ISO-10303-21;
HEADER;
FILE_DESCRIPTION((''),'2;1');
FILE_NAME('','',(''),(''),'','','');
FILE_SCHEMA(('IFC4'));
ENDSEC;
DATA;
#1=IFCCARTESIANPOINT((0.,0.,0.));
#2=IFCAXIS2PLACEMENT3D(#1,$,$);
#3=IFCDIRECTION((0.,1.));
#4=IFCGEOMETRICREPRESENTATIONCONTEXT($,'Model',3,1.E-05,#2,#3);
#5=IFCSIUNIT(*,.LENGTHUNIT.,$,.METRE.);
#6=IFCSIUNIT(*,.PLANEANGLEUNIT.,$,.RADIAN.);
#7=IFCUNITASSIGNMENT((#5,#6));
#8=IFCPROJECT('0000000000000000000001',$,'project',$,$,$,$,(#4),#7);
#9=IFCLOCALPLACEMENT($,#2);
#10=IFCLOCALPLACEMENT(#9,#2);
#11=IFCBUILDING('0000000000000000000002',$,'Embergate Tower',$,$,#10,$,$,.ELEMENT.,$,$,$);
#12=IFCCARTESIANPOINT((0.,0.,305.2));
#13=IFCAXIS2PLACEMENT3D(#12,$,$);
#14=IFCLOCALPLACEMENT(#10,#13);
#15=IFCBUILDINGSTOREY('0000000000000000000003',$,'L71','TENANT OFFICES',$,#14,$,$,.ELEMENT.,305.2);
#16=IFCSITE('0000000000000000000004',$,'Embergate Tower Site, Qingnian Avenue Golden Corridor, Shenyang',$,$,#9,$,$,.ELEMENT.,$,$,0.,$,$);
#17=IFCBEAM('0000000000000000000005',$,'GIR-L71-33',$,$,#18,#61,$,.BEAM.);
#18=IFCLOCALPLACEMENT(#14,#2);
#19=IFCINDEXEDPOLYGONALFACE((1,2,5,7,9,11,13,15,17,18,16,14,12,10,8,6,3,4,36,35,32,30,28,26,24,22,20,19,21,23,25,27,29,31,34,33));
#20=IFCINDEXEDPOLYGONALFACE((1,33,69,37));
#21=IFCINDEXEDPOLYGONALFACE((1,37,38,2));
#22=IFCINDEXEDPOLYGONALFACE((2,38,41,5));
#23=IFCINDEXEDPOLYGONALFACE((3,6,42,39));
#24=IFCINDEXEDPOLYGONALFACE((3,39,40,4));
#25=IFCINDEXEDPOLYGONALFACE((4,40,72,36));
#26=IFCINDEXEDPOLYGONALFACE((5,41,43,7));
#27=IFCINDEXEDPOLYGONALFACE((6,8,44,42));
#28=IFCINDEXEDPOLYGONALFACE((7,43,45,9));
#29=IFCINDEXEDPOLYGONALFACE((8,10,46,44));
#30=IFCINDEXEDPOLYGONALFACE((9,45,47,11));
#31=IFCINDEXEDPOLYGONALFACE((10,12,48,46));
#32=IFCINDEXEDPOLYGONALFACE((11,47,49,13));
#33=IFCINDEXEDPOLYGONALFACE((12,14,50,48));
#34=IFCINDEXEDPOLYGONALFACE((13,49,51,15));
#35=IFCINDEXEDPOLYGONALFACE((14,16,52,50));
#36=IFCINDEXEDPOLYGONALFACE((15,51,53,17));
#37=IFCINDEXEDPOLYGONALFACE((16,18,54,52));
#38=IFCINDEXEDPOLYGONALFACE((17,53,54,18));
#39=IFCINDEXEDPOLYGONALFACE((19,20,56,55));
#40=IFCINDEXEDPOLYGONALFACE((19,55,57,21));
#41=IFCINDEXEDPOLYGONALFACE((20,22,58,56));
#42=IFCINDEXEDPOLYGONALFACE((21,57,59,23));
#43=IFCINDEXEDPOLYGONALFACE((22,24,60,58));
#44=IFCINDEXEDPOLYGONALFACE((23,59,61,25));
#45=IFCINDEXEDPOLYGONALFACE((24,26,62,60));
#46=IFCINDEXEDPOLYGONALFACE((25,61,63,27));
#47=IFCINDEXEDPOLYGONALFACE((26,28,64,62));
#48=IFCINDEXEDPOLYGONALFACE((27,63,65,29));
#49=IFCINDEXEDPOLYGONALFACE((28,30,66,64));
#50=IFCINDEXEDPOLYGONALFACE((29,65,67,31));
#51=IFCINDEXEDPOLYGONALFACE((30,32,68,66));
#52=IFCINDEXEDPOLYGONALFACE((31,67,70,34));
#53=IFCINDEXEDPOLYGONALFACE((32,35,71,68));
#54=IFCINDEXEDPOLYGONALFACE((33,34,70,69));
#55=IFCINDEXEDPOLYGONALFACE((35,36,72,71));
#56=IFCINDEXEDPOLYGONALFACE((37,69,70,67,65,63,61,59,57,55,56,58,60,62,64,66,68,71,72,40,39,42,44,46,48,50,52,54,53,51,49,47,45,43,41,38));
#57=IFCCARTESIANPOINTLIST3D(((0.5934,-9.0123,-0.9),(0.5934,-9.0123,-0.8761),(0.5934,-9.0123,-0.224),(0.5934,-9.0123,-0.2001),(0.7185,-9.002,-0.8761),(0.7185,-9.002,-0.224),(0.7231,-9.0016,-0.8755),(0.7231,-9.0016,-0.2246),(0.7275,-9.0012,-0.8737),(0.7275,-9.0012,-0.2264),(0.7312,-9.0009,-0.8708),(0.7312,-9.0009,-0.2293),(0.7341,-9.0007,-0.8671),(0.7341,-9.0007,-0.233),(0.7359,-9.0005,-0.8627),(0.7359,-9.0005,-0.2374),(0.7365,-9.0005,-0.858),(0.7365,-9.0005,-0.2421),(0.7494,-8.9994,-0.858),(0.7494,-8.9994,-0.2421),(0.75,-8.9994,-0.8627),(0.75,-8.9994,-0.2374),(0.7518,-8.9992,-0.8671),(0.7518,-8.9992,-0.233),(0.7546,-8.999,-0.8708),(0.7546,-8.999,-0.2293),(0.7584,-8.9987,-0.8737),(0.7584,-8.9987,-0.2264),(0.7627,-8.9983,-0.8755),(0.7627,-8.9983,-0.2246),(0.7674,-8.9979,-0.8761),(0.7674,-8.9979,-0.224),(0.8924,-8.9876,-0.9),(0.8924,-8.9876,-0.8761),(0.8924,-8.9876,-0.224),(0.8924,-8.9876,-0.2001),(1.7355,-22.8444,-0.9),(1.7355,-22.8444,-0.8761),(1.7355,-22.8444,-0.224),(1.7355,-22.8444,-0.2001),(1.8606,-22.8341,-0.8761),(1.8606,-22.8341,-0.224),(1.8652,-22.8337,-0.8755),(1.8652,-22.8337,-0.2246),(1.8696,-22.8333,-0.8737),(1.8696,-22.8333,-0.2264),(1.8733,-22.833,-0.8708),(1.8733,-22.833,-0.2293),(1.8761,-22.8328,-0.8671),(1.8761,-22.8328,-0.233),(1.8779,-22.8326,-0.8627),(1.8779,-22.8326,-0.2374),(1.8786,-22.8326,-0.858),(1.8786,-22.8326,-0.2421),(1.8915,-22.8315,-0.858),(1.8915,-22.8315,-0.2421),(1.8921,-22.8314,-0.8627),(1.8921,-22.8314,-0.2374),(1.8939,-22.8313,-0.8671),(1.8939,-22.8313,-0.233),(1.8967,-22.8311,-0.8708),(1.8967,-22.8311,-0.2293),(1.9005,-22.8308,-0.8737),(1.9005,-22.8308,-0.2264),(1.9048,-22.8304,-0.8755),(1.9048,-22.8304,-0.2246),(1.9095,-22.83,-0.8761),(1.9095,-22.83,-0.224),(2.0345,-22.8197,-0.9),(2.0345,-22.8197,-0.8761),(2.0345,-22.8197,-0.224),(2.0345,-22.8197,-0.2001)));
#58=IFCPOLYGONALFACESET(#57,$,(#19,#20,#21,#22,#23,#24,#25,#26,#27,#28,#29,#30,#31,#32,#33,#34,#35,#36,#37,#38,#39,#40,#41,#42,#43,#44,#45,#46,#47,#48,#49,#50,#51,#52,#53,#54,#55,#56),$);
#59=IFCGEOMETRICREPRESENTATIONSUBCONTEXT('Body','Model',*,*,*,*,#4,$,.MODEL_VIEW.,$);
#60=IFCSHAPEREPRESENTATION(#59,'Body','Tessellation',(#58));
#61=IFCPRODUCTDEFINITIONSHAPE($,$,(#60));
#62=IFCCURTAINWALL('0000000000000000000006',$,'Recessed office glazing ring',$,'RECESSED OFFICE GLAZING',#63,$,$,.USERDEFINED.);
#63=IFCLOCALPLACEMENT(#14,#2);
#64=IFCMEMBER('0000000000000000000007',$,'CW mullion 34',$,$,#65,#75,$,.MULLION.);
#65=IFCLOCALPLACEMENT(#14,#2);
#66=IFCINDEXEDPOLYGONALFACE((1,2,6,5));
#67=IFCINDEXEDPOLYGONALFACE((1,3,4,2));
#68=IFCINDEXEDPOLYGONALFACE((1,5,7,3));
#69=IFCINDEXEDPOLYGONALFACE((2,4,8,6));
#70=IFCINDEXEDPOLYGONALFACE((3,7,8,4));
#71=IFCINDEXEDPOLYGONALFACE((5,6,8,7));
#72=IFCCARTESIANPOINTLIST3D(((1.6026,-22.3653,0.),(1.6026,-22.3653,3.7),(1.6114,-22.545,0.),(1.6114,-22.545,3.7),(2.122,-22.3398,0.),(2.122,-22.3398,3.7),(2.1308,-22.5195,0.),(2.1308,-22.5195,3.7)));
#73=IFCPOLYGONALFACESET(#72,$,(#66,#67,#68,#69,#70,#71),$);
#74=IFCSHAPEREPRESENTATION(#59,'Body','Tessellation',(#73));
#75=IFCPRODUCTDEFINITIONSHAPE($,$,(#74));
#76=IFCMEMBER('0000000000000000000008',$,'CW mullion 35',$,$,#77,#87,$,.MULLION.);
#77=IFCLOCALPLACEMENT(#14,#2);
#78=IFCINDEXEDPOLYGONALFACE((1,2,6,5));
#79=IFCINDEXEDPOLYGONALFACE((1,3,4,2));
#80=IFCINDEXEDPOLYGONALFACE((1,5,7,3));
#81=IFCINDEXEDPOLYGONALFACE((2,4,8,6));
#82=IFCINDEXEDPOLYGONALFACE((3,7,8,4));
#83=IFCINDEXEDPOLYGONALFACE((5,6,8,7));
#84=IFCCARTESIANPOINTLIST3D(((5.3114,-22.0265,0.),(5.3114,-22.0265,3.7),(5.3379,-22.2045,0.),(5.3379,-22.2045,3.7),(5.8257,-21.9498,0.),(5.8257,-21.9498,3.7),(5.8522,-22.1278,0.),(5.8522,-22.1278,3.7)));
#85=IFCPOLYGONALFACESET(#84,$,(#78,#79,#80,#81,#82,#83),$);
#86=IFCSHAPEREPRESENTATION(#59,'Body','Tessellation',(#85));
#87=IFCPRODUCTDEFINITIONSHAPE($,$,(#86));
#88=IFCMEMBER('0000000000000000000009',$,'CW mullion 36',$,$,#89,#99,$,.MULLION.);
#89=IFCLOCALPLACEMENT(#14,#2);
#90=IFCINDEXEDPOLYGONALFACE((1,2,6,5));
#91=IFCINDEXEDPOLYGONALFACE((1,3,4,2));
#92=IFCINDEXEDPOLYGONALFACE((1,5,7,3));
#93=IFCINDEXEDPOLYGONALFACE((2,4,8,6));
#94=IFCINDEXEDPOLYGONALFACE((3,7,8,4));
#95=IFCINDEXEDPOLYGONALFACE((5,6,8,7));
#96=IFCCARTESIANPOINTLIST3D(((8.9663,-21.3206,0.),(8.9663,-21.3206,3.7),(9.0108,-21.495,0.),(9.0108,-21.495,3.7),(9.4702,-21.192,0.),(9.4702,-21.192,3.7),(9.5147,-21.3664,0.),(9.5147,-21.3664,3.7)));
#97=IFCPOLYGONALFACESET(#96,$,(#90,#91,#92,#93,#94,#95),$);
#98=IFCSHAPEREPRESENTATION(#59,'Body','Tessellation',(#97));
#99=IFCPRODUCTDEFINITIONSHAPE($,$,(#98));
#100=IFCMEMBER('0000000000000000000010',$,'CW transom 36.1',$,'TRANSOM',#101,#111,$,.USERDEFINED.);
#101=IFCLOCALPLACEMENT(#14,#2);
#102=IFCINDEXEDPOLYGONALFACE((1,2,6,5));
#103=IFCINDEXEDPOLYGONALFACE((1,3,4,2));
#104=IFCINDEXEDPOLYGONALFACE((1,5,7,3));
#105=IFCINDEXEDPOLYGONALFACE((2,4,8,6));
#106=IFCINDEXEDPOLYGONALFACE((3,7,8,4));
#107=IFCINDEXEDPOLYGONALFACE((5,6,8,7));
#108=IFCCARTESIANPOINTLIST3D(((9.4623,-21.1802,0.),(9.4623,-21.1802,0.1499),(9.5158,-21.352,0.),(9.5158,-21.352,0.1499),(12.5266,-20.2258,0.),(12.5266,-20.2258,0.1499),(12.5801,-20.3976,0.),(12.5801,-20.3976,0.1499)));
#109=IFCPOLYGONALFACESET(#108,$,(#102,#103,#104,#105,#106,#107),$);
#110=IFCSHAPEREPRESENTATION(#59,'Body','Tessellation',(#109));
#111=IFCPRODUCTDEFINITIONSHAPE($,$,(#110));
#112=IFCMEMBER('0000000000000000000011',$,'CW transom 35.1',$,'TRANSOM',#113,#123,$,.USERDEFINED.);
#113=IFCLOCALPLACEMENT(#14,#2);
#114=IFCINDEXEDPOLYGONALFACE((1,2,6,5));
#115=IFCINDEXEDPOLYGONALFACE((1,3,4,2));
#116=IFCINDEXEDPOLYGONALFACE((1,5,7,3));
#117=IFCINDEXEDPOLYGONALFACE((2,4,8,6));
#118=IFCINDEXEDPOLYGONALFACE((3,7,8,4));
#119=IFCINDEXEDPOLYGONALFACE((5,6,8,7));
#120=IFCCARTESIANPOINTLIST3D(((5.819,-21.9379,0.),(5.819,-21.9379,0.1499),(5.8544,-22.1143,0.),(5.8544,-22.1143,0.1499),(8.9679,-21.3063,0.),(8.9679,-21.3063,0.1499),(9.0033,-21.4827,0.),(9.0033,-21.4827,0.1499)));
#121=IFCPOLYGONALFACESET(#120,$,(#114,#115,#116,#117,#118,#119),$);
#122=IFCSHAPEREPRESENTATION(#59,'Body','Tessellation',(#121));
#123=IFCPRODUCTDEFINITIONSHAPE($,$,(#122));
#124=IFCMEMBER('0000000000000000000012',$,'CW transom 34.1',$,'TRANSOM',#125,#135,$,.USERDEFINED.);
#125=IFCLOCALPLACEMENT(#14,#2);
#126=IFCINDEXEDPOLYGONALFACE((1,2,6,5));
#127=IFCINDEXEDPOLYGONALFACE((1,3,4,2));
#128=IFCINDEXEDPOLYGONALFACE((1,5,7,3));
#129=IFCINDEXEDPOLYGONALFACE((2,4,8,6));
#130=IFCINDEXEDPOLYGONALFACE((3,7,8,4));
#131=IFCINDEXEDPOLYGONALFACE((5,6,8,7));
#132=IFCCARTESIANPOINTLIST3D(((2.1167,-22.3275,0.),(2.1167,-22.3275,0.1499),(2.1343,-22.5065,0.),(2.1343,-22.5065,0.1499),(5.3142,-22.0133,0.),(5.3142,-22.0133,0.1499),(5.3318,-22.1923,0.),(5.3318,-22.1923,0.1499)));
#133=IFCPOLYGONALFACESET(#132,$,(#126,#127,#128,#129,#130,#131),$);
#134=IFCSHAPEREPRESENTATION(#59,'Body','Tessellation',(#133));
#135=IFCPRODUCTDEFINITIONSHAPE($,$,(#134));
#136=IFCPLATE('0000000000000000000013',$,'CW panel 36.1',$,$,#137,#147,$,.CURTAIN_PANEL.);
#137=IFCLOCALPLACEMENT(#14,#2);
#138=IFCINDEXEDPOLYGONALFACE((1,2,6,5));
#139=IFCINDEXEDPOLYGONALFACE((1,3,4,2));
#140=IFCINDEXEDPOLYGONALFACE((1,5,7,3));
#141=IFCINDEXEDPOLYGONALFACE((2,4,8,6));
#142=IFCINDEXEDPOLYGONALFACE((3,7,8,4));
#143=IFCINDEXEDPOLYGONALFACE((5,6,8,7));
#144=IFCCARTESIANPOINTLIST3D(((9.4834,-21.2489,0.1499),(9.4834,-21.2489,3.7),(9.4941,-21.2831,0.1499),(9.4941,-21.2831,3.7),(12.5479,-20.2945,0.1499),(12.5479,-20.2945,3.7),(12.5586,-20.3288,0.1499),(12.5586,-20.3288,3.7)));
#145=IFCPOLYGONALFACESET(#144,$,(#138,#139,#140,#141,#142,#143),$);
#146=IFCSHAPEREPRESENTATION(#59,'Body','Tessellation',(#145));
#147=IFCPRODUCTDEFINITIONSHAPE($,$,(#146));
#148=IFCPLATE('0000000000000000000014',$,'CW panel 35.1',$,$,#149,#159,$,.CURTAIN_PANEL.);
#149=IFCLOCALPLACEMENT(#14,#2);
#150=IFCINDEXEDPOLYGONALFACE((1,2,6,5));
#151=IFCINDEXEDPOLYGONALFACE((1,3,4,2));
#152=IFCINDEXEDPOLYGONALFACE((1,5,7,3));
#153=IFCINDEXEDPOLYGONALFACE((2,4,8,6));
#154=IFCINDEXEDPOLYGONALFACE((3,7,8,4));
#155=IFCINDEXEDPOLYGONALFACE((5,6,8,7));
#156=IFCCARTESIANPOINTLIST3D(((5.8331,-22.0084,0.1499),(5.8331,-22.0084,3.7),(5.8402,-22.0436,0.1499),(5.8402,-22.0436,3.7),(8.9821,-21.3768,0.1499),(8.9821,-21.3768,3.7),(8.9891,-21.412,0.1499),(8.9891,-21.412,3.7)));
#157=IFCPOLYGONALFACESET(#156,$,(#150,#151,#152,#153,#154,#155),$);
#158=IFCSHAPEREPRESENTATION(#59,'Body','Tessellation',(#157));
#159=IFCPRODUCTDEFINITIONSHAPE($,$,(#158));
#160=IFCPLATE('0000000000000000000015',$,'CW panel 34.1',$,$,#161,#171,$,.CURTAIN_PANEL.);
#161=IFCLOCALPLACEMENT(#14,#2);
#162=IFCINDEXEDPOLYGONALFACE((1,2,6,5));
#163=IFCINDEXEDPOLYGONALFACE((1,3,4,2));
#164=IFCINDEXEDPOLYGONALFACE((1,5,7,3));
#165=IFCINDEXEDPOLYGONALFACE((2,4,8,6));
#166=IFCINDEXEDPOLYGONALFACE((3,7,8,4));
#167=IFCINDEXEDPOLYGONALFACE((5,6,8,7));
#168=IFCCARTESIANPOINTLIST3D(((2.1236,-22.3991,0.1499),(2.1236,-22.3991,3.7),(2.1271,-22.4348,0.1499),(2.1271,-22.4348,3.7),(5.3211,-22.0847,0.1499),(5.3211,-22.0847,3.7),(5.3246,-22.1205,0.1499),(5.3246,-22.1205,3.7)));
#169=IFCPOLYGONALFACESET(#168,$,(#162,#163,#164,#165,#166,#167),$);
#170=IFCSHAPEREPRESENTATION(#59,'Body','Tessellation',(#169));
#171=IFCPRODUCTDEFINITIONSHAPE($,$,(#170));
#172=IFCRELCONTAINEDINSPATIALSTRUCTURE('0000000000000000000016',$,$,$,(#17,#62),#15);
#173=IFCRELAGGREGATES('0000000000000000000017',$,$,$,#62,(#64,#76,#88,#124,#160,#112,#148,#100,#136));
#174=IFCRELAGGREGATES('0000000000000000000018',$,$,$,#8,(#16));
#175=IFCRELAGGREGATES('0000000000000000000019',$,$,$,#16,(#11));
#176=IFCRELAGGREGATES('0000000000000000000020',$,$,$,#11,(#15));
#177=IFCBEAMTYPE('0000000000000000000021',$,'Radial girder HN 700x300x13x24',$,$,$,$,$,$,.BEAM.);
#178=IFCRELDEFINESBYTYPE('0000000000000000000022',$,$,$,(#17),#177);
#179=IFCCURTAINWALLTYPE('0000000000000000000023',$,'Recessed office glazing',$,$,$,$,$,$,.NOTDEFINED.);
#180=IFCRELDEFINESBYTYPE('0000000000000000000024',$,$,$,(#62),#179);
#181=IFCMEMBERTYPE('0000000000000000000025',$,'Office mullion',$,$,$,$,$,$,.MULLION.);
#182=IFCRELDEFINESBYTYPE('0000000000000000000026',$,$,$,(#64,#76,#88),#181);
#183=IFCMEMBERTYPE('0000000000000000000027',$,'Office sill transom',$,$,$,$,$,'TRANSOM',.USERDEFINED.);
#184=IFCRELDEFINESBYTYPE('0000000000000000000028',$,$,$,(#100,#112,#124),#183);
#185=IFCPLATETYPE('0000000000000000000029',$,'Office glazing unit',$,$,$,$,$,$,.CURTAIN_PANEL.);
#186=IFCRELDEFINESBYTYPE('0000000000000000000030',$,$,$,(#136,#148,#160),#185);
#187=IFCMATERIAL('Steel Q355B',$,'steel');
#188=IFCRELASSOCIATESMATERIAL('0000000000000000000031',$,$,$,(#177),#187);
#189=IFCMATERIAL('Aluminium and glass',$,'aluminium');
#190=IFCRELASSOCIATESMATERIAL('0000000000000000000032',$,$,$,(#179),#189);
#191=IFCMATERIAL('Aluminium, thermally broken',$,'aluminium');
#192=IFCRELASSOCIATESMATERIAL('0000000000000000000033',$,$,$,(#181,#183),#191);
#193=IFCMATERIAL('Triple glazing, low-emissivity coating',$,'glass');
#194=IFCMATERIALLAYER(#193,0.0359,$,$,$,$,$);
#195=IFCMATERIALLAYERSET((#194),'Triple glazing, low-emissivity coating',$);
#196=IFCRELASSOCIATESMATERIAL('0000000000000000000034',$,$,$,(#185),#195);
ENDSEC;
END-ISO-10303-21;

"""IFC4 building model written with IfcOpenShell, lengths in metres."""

from ifc_helpers import new_model, si_unit, direction, frame, origin, origin_2d, place, context, subcontext, project, spatial, rectangle, i_section, extrude, source, transform, mapped, material, layer, layer_set, material_profile, profile_set, type_object, element, aggregate, save


model = new_model("IFC4")

# Units and contexts
model_context = context("Model", 3, precision=1e-05, world=origin(), true_north=direction((0.0, 1.0)))
body_context = subcontext(model_context, "Body", "Model", "MODEL_VIEW")
ifc_project = project(units=[si_unit("LENGTHUNIT", "METRE"), si_unit("PLANEANGLEUNIT", "RADIAN")], contexts=[model_context])

# Site, building, storey
site_placement = place(None, origin())
site = spatial("IfcSite", under=ifc_project, at=site_placement, Name="Embergate Tower Site, Qingnian Avenue Golden Corridor, Shenyang", CompositionType="ELEMENT", RefElevation=0.0)
building_placement = place(site_placement, origin())
building = spatial("IfcBuilding", under=site, at=building_placement, Name="Embergate Tower", CompositionType="ELEMENT")
storey_placement = place(building_placement, frame((0.0, 0.0, 305.2)))
storey = spatial("IfcBuildingStorey", under=building, at=storey_placement, Name="L71", Description="TENANT OFFICES", CompositionType="ELEMENT", Elevation=305.2)

# Beam
ifc_material_1 = material(Name="Steel Q355B", Category="steel")
ifc_material_profile_1 = material_profile(ifc_material_1, i_section(OverallWidth=0.3, OverallDepth=0.7, WebThickness=0.0129, FlangeThickness=0.0239, FilletRadius=0.0181, at=origin_2d()), Name="HN 700x300x13x24")
ifc_profile_set_1 = profile_set([ifc_material_profile_1], Name="Steel Q355 grade B")
beam_type_1 = type_object("IfcBeamType", Name="Radial girder HN 700x300x13x24", PredefinedType="BEAM", material=ifc_profile_set_1)
shared_shape_1 = source(origin(), body_context, "Body", "SweptSolid", [
    extrude(i_section(OverallWidth=0.3, OverallDepth=0.7, WebThickness=0.0129, FlangeThickness=0.0239, FilletRadius=0.0181, at=origin_2d()), origin(), (0.0, 0.0, 1.0), 13.8792),
])
beam_1_placement = place(storey_placement, frame((1.885, -22.832, -0.55), z_axis=(-0.082288, 0.996609, 0.0), x_axis=(-0.996609, -0.082288, 0.0)))
element("IfcBeam", 1, at=beam_1_placement, inside=storey, type_object=beam_type_1, Name="GIR-L71-33", PredefinedType="BEAM", context=body_context, shape_type="MappedRepresentation", body=[
    mapped(shared_shape_1, transform((0.0, 0.0, 0.0))),
])

# Curtain wall, members
ifc_material_2 = material(Name="Aluminium and glass", Category="aluminium")
curtain_wall_type = type_object("IfcCurtainWallType", Name="Recessed office glazing", PredefinedType="NOTDEFINED", material=ifc_material_2)
curtain_wall_placement = place(storey_placement, origin())
curtain_wall = element("IfcCurtainWall", 2, at=curtain_wall_placement, inside=storey, type_object=curtain_wall_type, Name="Recessed office glazing ring", ObjectType="RECESSED OFFICE GLAZING", PredefinedType="USERDEFINED")
ifc_material_3 = material(Name="Aluminium, thermally broken", Category="aluminium")
ifc_material_profile_2 = material_profile(ifc_material_3, rectangle(XDim=0.1799, YDim=0.52, at=origin_2d()), Name="AL 520x180")
ifc_profile_set_2 = profile_set([ifc_material_profile_2], Name="Aluminium, thermally broken")
member_type_1 = type_object("IfcMemberType", Name="Office mullion", PredefinedType="MULLION", material=ifc_profile_set_2)
shared_shape_2 = source(origin(), body_context, "Body", "SweptSolid", [
    extrude(rectangle(XDim=0.1799, YDim=0.52, at=origin_2d()), origin(), (0.0, 0.0, 1.0), 3.7),
])
member_1_placement = place(storey_placement, frame((1.8667, -22.4424, 0.0), z_axis=(0.0, 0.0, 1.0), x_axis=(-0.048972, 0.9988, 0.0)))
member_1 = element("IfcMember", 3, at=member_1_placement, type_object=member_type_1, Name="CW mullion 34", PredefinedType="MULLION", context=body_context, shape_type="MappedRepresentation", body=[
    mapped(shared_shape_2, transform((0.0, 0.0, 0.0))),
])
member_2_placement = place(storey_placement, frame((5.5818, -22.0771, 0.0), z_axis=(0.0, 0.0, 1.0), x_axis=(-0.147412, 0.989075, 0.0)))
member_2 = element("IfcMember", 4, at=member_2_placement, type_object=member_type_1, Name="CW mullion 35", PredefinedType="MULLION", context=body_context, shape_type="MappedRepresentation", body=[
    mapped(shared_shape_2, transform((0.0, 0.0, 0.0))),
])
member_3_placement = place(storey_placement, frame((9.2405, -21.3435, 0.0), z_axis=(0.0, 0.0, 1.0), x_axis=(-0.247312, 0.968936, 0.0)))
member_3 = element("IfcMember", 5, at=member_3_placement, type_object=member_type_1, Name="CW mullion 36", PredefinedType="MULLION", context=body_context, shape_type="MappedRepresentation", body=[
    mapped(shared_shape_2, transform((0.0, 0.0, 0.0))),
])
ifc_material_profile_3 = material_profile(ifc_material_3, rectangle(XDim=0.1799, YDim=0.1499, at=origin_2d()), Name="AL 150x180")
ifc_profile_set_3 = profile_set([ifc_material_profile_3], Name="Aluminium, thermally broken")
member_type_2 = type_object("IfcMemberType", Name="Office sill transom", ElementType="TRANSOM", PredefinedType="USERDEFINED", material=ifc_profile_set_3)
shared_shape_3 = source(origin(), body_context, "Body", "SweptSolid", [
    extrude(rectangle(XDim=0.1799, YDim=0.1499, at=origin_2d()), origin(), (0.0, 0.0, 1.0), 3.2095),
])
member_4_placement = place(storey_placement, frame((9.489, -21.2661, 0.075), z_axis=(0.954765, 0.297361, 0.0), x_axis=(-0.297361, 0.954765, 0.0)))
member_4 = element("IfcMember", 6, at=member_4_placement, type_object=member_type_2, Name="CW transom 36.1", ObjectType="TRANSOM", PredefinedType="USERDEFINED", context=body_context, shape_type="MappedRepresentation", body=[
    mapped(shared_shape_3, transform((0.0, 0.0, 0.0))),
])
shared_shape_4 = source(origin(), body_context, "Body", "SweptSolid", [
    extrude(rectangle(XDim=0.1799, YDim=0.1499, at=origin_2d()), origin(), (0.0, 0.0, 1.0), 3.2117),
])
member_5_placement = place(storey_placement, frame((5.8367, -22.0261, 0.075), z_axis=(0.980472, 0.196657, 0.0), x_axis=(-0.196657, 0.980472, 0.0)))
member_5 = element("IfcMember", 7, at=member_5_placement, type_object=member_type_2, Name="CW transom 35.1", ObjectType="TRANSOM", PredefinedType="USERDEFINED", context=body_context, shape_type="MappedRepresentation", body=[
    mapped(shared_shape_4, transform((0.0, 0.0, 0.0))),
])
shared_shape_5 = source(origin(), body_context, "Body", "SweptSolid", [
    extrude(rectangle(XDim=0.1799, YDim=0.1499, at=origin_2d()), origin(), (0.0, 0.0, 1.0), 3.2129),
])
member_6_placement = place(storey_placement, frame((2.1255, -22.417, 0.075), z_axis=(0.995207, 0.097796, 0.0), x_axis=(-0.097796, 0.995207, 0.0)))
member_6 = element("IfcMember", 8, at=member_6_placement, type_object=member_type_2, Name="CW transom 34.1", ObjectType="TRANSOM", PredefinedType="USERDEFINED", context=body_context, shape_type="MappedRepresentation", body=[
    mapped(shared_shape_5, transform((0.0, 0.0, 0.0))),
])

# Plates
ifc_material_4 = material(Name="Triple glazing, low-emissivity coating", Category="glass")
ifc_layer_1 = layer(ifc_material_4, 0.0359)
ifc_layer_set_1 = layer_set([ifc_layer_1], Name="Triple glazing, low-emissivity coating")
plate_type = type_object("IfcPlateType", Name="Office glazing unit", PredefinedType="CURTAIN_PANEL", material=ifc_layer_set_1)
shared_shape_6 = source(origin(), body_context, "Body", "SweptSolid", [
    extrude(rectangle(XDim=3.2097, YDim=0.0359, at=origin_2d()), origin(), (0.0, 0.0, 1.0), 3.55),
])
plate_1_placement = place(storey_placement, frame((11.021, -20.7888, 0.1499), z_axis=(0.0, 0.0, 1.0), x_axis=(0.954771, 0.297342, 0.0)))
plate_1 = element("IfcPlate", 9, at=plate_1_placement, type_object=plate_type, Name="CW panel 36.1", PredefinedType="CURTAIN_PANEL", context=body_context, shape_type="MappedRepresentation", body=[
    mapped(shared_shape_6, transform((0.0, 0.0, 0.0))),
])
shared_shape_7 = source(origin(), body_context, "Body", "SweptSolid", [
    extrude(rectangle(XDim=3.2117, YDim=0.0359, at=origin_2d()), origin(), (0.0, 0.0, 1.0), 3.55),
])
plate_2_placement = place(storey_placement, frame((7.4111, -21.7102, 0.1499), z_axis=(0.0, 0.0, 1.0), x_axis=(0.980475, 0.196643, 0.0)))
plate_2 = element("IfcPlate", 10, at=plate_2_placement, type_object=plate_type, Name="CW panel 35.1", PredefinedType="CURTAIN_PANEL", context=body_context, shape_type="MappedRepresentation", body=[
    mapped(shared_shape_7, transform((0.0, 0.0, 0.0))),
])
shared_shape_8 = source(origin(), body_context, "Body", "SweptSolid", [
    extrude(rectangle(XDim=3.2129, YDim=0.0359, at=origin_2d()), origin(), (0.0, 0.0, 1.0), 3.55),
])
plate_3_placement = place(storey_placement, frame((3.7241, -22.2598, 0.1499), z_axis=(0.0, 0.0, 1.0), x_axis=(0.995203, 0.097831, 0.0)))
plate_3 = element("IfcPlate", 11, at=plate_3_placement, type_object=plate_type, Name="CW panel 34.1", PredefinedType="CURTAIN_PANEL", context=body_context, shape_type="MappedRepresentation", body=[
    mapped(shared_shape_8, transform((0.0, 0.0, 0.0))),
])
aggregate(curtain_wall, [member_1, member_2, member_3, member_6, plate_3, member_5, plate_2, member_4, plate_1])

save(model, "model.ifc")
